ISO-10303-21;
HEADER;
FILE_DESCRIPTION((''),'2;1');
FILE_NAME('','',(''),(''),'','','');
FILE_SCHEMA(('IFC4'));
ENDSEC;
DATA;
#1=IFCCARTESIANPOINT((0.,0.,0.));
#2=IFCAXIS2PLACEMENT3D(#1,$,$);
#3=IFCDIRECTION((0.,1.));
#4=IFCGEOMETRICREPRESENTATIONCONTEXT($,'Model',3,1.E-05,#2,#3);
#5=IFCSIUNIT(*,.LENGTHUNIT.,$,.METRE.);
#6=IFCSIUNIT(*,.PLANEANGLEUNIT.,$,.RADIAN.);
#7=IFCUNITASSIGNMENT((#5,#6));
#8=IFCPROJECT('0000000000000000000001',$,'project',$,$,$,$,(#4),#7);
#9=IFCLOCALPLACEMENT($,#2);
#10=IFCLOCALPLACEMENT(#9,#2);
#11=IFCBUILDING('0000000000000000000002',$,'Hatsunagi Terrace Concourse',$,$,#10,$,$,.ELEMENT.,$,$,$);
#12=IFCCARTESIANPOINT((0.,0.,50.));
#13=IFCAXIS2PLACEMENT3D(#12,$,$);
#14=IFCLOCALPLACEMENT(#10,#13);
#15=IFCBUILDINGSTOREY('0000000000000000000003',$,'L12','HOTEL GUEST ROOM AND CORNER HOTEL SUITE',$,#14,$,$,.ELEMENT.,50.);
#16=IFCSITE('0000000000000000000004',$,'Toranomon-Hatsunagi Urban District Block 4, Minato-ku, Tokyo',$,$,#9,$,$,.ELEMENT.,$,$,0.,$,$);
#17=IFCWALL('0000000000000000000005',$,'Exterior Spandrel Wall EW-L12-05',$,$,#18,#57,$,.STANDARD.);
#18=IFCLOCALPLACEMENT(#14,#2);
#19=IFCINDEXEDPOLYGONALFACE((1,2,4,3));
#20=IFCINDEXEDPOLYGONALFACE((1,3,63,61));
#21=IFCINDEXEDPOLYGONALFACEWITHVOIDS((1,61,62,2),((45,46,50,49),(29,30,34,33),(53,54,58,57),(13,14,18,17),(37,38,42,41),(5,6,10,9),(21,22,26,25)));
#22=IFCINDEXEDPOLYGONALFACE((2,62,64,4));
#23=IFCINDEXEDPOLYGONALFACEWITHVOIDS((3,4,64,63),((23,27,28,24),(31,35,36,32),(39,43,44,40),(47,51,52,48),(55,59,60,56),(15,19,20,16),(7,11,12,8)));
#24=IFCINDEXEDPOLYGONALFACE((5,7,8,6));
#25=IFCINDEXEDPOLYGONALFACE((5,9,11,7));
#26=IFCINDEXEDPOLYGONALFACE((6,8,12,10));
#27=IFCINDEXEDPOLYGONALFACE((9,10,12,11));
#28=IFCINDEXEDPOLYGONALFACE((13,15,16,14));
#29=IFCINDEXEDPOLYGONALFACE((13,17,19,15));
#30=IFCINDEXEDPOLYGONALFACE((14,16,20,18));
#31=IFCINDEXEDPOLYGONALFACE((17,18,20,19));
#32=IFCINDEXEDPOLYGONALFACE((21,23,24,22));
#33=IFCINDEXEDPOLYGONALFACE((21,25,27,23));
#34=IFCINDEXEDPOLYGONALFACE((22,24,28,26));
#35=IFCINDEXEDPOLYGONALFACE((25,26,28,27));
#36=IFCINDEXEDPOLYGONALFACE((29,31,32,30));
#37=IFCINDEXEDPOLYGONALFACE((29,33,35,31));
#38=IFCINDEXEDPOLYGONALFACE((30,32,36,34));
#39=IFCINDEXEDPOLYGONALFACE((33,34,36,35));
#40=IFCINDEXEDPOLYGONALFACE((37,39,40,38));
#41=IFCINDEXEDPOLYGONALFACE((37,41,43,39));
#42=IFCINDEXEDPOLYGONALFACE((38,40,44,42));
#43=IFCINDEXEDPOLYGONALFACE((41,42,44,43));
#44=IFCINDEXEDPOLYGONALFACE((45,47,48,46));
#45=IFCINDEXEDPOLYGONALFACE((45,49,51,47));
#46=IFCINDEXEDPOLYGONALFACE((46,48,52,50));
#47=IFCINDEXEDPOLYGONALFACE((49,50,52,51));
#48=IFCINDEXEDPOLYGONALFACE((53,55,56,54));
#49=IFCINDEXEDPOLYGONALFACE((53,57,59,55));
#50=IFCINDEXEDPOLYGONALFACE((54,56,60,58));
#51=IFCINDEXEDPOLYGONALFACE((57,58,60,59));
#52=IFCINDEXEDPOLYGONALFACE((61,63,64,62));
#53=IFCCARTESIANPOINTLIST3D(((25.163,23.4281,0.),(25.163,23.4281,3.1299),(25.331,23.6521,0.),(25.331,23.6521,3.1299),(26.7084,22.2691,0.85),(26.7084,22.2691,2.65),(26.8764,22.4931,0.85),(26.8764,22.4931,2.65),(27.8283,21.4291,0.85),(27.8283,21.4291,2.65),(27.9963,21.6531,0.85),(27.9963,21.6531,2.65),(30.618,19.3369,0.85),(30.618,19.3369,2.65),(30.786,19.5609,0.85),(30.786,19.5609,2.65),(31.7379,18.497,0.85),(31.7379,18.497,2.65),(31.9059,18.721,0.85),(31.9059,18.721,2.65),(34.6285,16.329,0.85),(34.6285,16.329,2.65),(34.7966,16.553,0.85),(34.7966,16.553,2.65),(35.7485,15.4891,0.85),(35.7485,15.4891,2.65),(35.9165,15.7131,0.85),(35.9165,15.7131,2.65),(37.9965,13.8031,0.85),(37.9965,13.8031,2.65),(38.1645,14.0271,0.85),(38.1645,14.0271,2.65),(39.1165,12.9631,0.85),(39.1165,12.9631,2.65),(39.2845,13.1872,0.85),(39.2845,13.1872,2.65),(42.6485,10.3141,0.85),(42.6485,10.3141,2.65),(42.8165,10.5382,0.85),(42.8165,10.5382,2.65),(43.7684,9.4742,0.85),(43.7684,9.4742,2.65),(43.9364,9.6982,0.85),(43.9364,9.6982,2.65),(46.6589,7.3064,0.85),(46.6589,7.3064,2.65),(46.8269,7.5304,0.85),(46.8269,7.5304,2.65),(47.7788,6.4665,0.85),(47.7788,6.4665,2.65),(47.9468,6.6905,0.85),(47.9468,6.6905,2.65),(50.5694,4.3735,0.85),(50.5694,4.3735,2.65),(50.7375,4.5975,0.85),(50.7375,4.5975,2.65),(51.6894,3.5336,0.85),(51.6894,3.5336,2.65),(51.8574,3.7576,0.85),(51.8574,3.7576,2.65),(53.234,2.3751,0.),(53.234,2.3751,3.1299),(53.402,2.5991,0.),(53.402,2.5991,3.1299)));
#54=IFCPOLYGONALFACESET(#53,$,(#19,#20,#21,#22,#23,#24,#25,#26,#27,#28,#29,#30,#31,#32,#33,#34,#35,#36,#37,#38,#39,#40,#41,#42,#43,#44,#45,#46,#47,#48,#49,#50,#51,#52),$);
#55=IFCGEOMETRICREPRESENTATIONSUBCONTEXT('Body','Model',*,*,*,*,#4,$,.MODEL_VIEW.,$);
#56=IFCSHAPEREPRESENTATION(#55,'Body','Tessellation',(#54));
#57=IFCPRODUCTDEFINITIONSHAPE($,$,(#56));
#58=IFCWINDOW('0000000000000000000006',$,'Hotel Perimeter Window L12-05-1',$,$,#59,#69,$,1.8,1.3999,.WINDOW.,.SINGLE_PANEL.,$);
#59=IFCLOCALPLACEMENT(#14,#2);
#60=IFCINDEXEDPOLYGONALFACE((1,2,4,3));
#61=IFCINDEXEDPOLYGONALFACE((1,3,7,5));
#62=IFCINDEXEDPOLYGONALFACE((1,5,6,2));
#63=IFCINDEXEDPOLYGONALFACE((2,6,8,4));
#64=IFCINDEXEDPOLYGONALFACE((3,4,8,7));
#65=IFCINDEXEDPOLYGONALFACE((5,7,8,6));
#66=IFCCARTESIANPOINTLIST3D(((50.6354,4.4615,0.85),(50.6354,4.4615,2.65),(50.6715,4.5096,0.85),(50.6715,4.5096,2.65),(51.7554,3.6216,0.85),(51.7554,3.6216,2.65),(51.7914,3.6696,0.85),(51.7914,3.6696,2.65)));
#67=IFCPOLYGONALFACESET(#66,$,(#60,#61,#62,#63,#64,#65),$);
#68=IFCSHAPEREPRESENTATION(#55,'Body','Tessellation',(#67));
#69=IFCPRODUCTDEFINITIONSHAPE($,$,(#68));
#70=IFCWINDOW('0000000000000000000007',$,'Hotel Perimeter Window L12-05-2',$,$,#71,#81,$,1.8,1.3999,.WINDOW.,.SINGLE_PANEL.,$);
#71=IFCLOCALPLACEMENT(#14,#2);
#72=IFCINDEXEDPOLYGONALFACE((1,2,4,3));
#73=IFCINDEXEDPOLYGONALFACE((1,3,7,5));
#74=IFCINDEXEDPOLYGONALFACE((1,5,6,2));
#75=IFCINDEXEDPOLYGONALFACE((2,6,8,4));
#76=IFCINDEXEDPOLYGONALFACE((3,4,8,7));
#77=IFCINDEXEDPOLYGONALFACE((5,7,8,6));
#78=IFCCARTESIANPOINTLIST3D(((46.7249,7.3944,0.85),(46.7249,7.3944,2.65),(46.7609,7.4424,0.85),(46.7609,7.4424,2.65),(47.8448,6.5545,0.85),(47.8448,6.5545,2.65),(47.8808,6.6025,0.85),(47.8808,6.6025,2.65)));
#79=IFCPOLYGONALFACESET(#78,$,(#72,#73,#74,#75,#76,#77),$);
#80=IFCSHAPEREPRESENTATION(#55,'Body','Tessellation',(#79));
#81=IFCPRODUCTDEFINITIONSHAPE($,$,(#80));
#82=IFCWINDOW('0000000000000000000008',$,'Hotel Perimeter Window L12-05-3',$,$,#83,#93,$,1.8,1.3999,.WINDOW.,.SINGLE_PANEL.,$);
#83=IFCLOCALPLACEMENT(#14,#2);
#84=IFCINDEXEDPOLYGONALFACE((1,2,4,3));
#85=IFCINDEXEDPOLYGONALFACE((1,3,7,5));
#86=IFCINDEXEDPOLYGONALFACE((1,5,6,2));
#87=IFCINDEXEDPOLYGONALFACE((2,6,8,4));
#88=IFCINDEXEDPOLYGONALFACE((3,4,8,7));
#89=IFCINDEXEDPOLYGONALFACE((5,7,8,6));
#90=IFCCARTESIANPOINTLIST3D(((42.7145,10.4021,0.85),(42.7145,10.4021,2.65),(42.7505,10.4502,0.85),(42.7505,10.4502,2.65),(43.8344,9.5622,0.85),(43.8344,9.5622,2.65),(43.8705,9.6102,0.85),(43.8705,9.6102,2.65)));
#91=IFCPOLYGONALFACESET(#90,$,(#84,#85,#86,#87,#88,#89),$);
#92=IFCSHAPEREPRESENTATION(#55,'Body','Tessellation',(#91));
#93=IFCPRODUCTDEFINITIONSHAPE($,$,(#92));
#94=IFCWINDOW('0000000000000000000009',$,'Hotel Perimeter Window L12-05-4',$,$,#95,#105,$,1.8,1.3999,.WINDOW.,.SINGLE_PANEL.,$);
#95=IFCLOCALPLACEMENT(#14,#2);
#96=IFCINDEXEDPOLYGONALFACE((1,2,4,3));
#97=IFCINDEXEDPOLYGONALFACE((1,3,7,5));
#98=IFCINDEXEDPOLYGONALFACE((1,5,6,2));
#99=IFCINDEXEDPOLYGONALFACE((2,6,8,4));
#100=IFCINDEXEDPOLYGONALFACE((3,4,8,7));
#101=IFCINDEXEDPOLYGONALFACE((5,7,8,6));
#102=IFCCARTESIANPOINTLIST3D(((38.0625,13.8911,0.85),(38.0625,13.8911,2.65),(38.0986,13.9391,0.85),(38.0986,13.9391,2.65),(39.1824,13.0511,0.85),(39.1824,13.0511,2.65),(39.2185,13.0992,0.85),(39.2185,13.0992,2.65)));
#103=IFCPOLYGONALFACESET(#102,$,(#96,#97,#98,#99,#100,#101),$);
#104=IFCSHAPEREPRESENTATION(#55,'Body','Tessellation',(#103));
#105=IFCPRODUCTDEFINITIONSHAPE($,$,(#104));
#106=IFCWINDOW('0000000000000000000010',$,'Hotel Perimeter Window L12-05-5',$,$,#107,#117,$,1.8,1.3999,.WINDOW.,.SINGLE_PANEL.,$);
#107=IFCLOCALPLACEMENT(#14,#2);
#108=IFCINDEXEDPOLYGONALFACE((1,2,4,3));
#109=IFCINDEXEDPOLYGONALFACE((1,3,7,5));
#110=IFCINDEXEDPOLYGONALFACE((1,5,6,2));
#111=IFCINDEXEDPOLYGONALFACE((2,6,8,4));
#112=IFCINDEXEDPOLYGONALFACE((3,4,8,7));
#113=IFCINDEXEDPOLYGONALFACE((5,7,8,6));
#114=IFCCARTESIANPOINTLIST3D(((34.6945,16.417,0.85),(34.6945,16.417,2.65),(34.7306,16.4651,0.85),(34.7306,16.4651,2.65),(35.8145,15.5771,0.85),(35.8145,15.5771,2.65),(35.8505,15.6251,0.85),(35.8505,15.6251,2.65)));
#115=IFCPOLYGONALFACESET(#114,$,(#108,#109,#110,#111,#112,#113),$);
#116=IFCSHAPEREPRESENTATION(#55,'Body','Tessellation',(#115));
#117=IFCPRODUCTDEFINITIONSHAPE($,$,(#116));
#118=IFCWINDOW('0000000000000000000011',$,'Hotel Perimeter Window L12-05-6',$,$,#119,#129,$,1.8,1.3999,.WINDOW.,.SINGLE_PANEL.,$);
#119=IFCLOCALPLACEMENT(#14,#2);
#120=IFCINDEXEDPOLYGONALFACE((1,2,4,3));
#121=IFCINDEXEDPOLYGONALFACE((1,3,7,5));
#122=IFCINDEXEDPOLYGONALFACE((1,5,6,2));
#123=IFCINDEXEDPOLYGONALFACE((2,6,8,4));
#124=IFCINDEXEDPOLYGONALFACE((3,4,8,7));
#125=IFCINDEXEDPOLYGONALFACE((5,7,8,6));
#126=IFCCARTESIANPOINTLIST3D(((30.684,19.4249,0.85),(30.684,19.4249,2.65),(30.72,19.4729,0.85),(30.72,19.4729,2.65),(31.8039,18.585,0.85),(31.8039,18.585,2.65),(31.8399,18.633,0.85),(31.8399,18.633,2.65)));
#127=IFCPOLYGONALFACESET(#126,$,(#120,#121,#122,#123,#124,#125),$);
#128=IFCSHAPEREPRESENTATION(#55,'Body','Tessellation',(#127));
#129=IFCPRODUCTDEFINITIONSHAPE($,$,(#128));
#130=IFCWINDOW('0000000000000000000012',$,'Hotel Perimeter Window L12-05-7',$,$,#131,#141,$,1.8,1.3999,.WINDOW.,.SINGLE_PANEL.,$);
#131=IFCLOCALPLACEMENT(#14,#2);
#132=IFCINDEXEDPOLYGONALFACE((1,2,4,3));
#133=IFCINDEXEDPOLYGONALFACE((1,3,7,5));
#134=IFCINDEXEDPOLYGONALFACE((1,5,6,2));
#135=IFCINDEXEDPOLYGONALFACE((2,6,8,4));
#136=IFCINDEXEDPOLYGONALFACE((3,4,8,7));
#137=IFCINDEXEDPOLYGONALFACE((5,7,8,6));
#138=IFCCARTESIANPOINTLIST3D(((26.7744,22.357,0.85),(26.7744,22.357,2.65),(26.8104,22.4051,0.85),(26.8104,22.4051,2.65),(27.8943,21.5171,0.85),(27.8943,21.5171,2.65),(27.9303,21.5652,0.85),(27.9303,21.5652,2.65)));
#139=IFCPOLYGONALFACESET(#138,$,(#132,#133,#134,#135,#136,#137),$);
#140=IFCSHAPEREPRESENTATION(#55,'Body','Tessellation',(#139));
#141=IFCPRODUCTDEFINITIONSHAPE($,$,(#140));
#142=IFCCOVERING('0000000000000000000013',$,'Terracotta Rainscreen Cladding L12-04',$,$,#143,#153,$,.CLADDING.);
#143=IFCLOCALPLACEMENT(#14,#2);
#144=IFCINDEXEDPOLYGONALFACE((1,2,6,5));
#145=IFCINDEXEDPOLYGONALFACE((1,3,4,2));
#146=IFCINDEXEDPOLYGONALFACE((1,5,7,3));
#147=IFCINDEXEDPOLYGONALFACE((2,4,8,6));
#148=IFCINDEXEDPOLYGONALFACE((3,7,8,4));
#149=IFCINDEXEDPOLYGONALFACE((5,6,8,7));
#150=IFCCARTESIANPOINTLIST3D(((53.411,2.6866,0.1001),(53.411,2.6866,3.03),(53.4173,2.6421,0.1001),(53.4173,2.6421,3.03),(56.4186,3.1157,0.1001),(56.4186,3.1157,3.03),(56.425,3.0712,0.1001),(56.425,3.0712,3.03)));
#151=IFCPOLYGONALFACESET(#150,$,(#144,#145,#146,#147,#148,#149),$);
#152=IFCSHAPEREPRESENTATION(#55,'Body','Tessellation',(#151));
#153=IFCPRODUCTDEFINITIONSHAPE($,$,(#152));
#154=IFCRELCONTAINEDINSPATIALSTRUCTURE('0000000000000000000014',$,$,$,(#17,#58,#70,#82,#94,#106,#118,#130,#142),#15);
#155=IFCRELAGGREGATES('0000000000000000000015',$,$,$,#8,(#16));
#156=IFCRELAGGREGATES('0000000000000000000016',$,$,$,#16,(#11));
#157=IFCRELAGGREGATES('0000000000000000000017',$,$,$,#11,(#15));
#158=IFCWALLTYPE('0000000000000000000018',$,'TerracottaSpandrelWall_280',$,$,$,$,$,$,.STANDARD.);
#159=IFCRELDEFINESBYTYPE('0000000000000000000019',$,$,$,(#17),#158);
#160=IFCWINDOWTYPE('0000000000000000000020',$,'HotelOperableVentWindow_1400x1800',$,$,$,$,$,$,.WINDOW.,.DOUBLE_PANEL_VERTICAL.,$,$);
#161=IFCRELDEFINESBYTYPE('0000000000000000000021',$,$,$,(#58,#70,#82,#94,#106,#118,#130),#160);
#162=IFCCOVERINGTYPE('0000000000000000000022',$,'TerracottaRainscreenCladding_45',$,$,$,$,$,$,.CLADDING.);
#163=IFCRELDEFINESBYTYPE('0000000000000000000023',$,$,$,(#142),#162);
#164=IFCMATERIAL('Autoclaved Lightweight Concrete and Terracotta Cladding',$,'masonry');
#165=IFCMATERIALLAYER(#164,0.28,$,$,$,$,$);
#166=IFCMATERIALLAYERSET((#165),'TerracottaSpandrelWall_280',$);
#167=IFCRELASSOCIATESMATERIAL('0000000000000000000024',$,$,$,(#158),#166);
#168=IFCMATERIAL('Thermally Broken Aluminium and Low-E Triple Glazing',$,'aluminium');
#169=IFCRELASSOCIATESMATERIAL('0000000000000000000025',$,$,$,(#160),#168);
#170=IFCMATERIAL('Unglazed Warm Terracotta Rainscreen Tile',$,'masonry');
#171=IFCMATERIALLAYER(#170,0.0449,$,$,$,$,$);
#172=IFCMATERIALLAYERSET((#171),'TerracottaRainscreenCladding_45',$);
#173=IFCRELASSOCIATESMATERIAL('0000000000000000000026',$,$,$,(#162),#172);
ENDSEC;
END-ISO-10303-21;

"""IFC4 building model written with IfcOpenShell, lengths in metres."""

from ifc_helpers import new_model, si_unit, direction, frame, frame_2d, origin, origin_2d, place, context, subcontext, project, spatial, rectangle, extrude, material, layer, layer_set, type_object, element, fill, save


model = new_model("IFC4")

# Units and contexts
model_context = context("Model", 3, precision=1e-05, world=origin(), true_north=direction((0.0, 1.0)))
body_context = subcontext(model_context, "Body", "Model", "MODEL_VIEW")
ifc_project = project(units=[si_unit("LENGTHUNIT", "METRE"), si_unit("PLANEANGLEUNIT", "RADIAN")], contexts=[model_context])

# Site, building, storey
site_placement = place(None, origin())
site = spatial("IfcSite", under=ifc_project, at=site_placement, Name="Toranomon-Hatsunagi Urban District Block 4, Minato-ku, Tokyo", CompositionType="ELEMENT", RefElevation=0.0)
building_placement = place(site_placement, origin())
building = spatial("IfcBuilding", under=site, at=building_placement, Name="Hatsunagi Terrace Concourse", CompositionType="ELEMENT")
storey_placement = place(building_placement, frame((0.0, 0.0, 50.0)))
storey = spatial("IfcBuildingStorey", under=building, at=storey_placement, Name="L12", Description="HOTEL GUEST ROOM AND CORNER HOTEL SUITE", CompositionType="ELEMENT", Elevation=50.0)

# Wall, openings, windows
ifc_material_1 = material(Name="Autoclaved Lightweight Concrete and Terracotta Cladding", Category="masonry")
ifc_layer_1 = layer(ifc_material_1, 0.28)
ifc_layer_set_1 = layer_set([ifc_layer_1], Name="TerracottaSpandrelWall_280")
wall_type_1 = type_object("IfcWallType", Name="TerracottaSpandrelWall_280", PredefinedType="STANDARD", material=ifc_layer_set_1)
wall_1_placement = place(storey_placement, frame((53.3181, 2.4871, 0.0), z_axis=(0.0, 0.0, 1.0), x_axis=(-0.800004, 0.599994, 0.0)))
wall_1 = element("IfcWall", 1, at=wall_1_placement, inside=storey, type_object=wall_type_1, Name="Exterior Spandrel Wall EW-L12-05", PredefinedType="STANDARD", context=body_context, shape_type="SweptSolid", body=[
    extrude(rectangle(XDim=35.0886, YDim=0.28, at=frame_2d((17.5444, 0.0))), origin(), (0.0, 0.0, 1.0), 3.1299),
])
opening_1_placement = place(wall_1_placement, frame((1.9309, 0.0, 0.8501)))
opening_1 = element("IfcOpeningElement", 2, at=opening_1_placement, cuts=wall_1, PredefinedType="OPENING", context=body_context, shape_type="SweptSolid", body=[
    extrude(rectangle(XDim=1.3999, YDim=1.8, at=frame_2d((0.7, 0.8999))), frame((0.0, 0.1499, 0.0), z_axis=(0.0, -1.0, 0.0), x_axis=(1.0, 0.0, 0.0)), (0.0, 0.0, 1.0), 0.3),
])
opening_2_placement = place(wall_1_placement, frame((6.8191, 0.0, 0.8501)))
opening_2 = element("IfcOpeningElement", 3, at=opening_2_placement, cuts=wall_1, PredefinedType="OPENING", context=body_context, shape_type="SweptSolid", body=[
    extrude(rectangle(XDim=1.3999, YDim=1.8, at=frame_2d((0.7, 0.8999))), frame((0.0, 0.1499, 0.0), z_axis=(0.0, -1.0, 0.0), x_axis=(1.0, 0.0, 0.0)), (0.0, 0.0, 1.0), 0.3),
])
opening_3_placement = place(wall_1_placement, frame((11.832, 0.0, 0.8501)))
opening_3 = element("IfcOpeningElement", 4, at=opening_3_placement, cuts=wall_1, PredefinedType="OPENING", context=body_context, shape_type="SweptSolid", body=[
    extrude(rectangle(XDim=1.3999, YDim=1.8, at=frame_2d((0.7, 0.8999))), frame((0.0, 0.1499, 0.0), z_axis=(0.0, -1.0, 0.0), x_axis=(1.0, 0.0, 0.0)), (0.0, 0.0, 1.0), 0.3),
])
opening_4_placement = place(wall_1_placement, frame((17.647, 0.0, 0.8501)))
opening_4 = element("IfcOpeningElement", 5, at=opening_4_placement, cuts=wall_1, PredefinedType="OPENING", context=body_context, shape_type="SweptSolid", body=[
    extrude(rectangle(XDim=1.3999, YDim=1.8, at=frame_2d((0.7, 0.8999))), frame((0.0, 0.1499, 0.0), z_axis=(0.0, -1.0, 0.0), x_axis=(1.0, 0.0, 0.0)), (0.0, 0.0, 1.0), 0.3),
])
opening_5_placement = place(wall_1_placement, frame((21.8569, 0.0, 0.8501)))
opening_5 = element("IfcOpeningElement", 6, at=opening_5_placement, cuts=wall_1, PredefinedType="OPENING", context=body_context, shape_type="SweptSolid", body=[
    extrude(rectangle(XDim=1.3999, YDim=1.8, at=frame_2d((0.7, 0.8999))), frame((0.0, 0.1499, 0.0), z_axis=(0.0, -1.0, 0.0), x_axis=(1.0, 0.0, 0.0)), (0.0, 0.0, 1.0), 0.3),
])
opening_6_placement = place(wall_1_placement, frame((26.8701, 0.0, 0.8501)))
opening_6 = element("IfcOpeningElement", 7, at=opening_6_placement, cuts=wall_1, PredefinedType="OPENING", context=body_context, shape_type="SweptSolid", body=[
    extrude(rectangle(XDim=1.3999, YDim=1.8, at=frame_2d((0.7, 0.8999))), frame((0.0, 0.1499, 0.0), z_axis=(0.0, -1.0, 0.0), x_axis=(1.0, 0.0, 0.0)), (0.0, 0.0, 1.0), 0.3),
])
opening_7_placement = place(wall_1_placement, frame((31.7571, 0.0, 0.8501)))
opening_7 = element("IfcOpeningElement", 8, at=opening_7_placement, cuts=wall_1, PredefinedType="OPENING", context=body_context, shape_type="SweptSolid", body=[
    extrude(rectangle(XDim=1.3999, YDim=1.8, at=frame_2d((0.7, 0.8999))), frame((0.0, 0.1499, 0.0), z_axis=(0.0, -1.0, 0.0), x_axis=(1.0, 0.0, 0.0)), (0.0, 0.0, 1.0), 0.3),
])
ifc_material_2 = material(Name="Thermally Broken Aluminium and Low-E Triple Glazing", Category="aluminium")
window_type = type_object("IfcWindowType", Name="HotelOperableVentWindow_1400x1800", PartitioningType="DOUBLE_PANEL_VERTICAL", PredefinedType="WINDOW", material=ifc_material_2)
window_1_placement = place(opening_1_placement, origin())
window_1 = element("IfcWindow", 9, at=window_1_placement, inside=storey, type_object=window_type, Name="Hotel Perimeter Window L12-05-1", OverallHeight=1.8, OverallWidth=1.3999, PartitioningType="SINGLE_PANEL", PredefinedType="WINDOW", context=body_context, shape_type="SweptSolid", body=[
    extrude(rectangle(XDim=1.3999, YDim=1.8, at=frame_2d((0.7, 0.8999))), frame((0.0, 0.03, 0.0), z_axis=(0.0, -1.0, 0.0), x_axis=(1.0, 0.0, 0.0)), (0.0, 0.0, 1.0), 0.0601),
])
fill(opening_1, window_1)
window_2_placement = place(opening_2_placement, origin())
window_2 = element("IfcWindow", 10, at=window_2_placement, inside=storey, type_object=window_type, Name="Hotel Perimeter Window L12-05-2", OverallHeight=1.8, OverallWidth=1.3999, PartitioningType="SINGLE_PANEL", PredefinedType="WINDOW", context=body_context, shape_type="SweptSolid", body=[
    extrude(rectangle(XDim=1.3999, YDim=1.8, at=frame_2d((0.7, 0.8999))), frame((0.0, 0.03, 0.0), z_axis=(0.0, -1.0, 0.0), x_axis=(1.0, 0.0, 0.0)), (0.0, 0.0, 1.0), 0.0601),
])
fill(opening_2, window_2)
window_3_placement = place(opening_3_placement, origin())
window_3 = element("IfcWindow", 11, at=window_3_placement, inside=storey, type_object=window_type, Name="Hotel Perimeter Window L12-05-3", OverallHeight=1.8, OverallWidth=1.3999, PartitioningType="SINGLE_PANEL", PredefinedType="WINDOW", context=body_context, shape_type="SweptSolid", body=[
    extrude(rectangle(XDim=1.3999, YDim=1.8, at=frame_2d((0.7, 0.8999))), frame((0.0, 0.03, 0.0), z_axis=(0.0, -1.0, 0.0), x_axis=(1.0, 0.0, 0.0)), (0.0, 0.0, 1.0), 0.0601),
])
fill(opening_3, window_3)
window_4_placement = place(opening_4_placement, origin())
window_4 = element("IfcWindow", 12, at=window_4_placement, inside=storey, type_object=window_type, Name="Hotel Perimeter Window L12-05-4", OverallHeight=1.8, OverallWidth=1.3999, PartitioningType="SINGLE_PANEL", PredefinedType="WINDOW", context=body_context, shape_type="SweptSolid", body=[
    extrude(rectangle(XDim=1.3999, YDim=1.8, at=frame_2d((0.7, 0.8999))), frame((0.0, 0.03, 0.0), z_axis=(0.0, -1.0, 0.0), x_axis=(1.0, 0.0, 0.0)), (0.0, 0.0, 1.0), 0.0601),
])
fill(opening_4, window_4)
window_5_placement = place(opening_5_placement, origin())
window_5 = element("IfcWindow", 13, at=window_5_placement, inside=storey, type_object=window_type, Name="Hotel Perimeter Window L12-05-5", OverallHeight=1.8, OverallWidth=1.3999, PartitioningType="SINGLE_PANEL", PredefinedType="WINDOW", context=body_context, shape_type="SweptSolid", body=[
    extrude(rectangle(XDim=1.3999, YDim=1.8, at=frame_2d((0.7, 0.8999))), frame((0.0, 0.03, 0.0), z_axis=(0.0, -1.0, 0.0), x_axis=(1.0, 0.0, 0.0)), (0.0, 0.0, 1.0), 0.0601),
])
fill(opening_5, window_5)
window_6_placement = place(opening_6_placement, origin())
window_6 = element("IfcWindow", 14, at=window_6_placement, inside=storey, type_object=window_type, Name="Hotel Perimeter Window L12-05-6", OverallHeight=1.8, OverallWidth=1.3999, PartitioningType="SINGLE_PANEL", PredefinedType="WINDOW", context=body_context, shape_type="SweptSolid", body=[
    extrude(rectangle(XDim=1.3999, YDim=1.8, at=frame_2d((0.7, 0.8999))), frame((0.0, 0.03, 0.0), z_axis=(0.0, -1.0, 0.0), x_axis=(1.0, 0.0, 0.0)), (0.0, 0.0, 1.0), 0.0601),
])
fill(opening_6, window_6)
window_7_placement = place(opening_7_placement, origin())
window_7 = element("IfcWindow", 15, at=window_7_placement, inside=storey, type_object=window_type, Name="Hotel Perimeter Window L12-05-7", OverallHeight=1.8, OverallWidth=1.3999, PartitioningType="SINGLE_PANEL", PredefinedType="WINDOW", context=body_context, shape_type="SweptSolid", body=[
    extrude(rectangle(XDim=1.3999, YDim=1.8, at=frame_2d((0.7, 0.8999))), frame((0.0, 0.03, 0.0), z_axis=(0.0, -1.0, 0.0), x_axis=(1.0, 0.0, 0.0)), (0.0, 0.0, 1.0), 0.0601),
])
fill(opening_7, window_7)

# Covering
ifc_material_3 = material(Name="Unglazed Warm Terracotta Rainscreen Tile", Category="masonry")
ifc_layer_2 = layer(ifc_material_3, 0.0449)
ifc_layer_set_2 = layer_set([ifc_layer_2], Name="TerracottaRainscreenCladding_45")
covering_type = type_object("IfcCoveringType", Name="TerracottaRainscreenCladding_45", PredefinedType="CLADDING", material=ifc_layer_set_2)
covering_placement = place(storey_placement, frame((54.918, 2.8789, 0.1001), z_axis=(0.0, 0.0, 1.0), x_axis=(-0.989974, -0.14125, 0.0)))
element("IfcCovering", 16, at=covering_placement, inside=storey, type_object=covering_type, Name="Terracotta Rainscreen Cladding L12-04", PredefinedType="CLADDING", context=body_context, shape_type="SweptSolid", body=[
    extrude(rectangle(XDim=3.0381, YDim=0.0449, at=origin_2d()), origin(), (0.0, 0.0, 1.0), 2.9299),
])

save(model, "model.ifc")
